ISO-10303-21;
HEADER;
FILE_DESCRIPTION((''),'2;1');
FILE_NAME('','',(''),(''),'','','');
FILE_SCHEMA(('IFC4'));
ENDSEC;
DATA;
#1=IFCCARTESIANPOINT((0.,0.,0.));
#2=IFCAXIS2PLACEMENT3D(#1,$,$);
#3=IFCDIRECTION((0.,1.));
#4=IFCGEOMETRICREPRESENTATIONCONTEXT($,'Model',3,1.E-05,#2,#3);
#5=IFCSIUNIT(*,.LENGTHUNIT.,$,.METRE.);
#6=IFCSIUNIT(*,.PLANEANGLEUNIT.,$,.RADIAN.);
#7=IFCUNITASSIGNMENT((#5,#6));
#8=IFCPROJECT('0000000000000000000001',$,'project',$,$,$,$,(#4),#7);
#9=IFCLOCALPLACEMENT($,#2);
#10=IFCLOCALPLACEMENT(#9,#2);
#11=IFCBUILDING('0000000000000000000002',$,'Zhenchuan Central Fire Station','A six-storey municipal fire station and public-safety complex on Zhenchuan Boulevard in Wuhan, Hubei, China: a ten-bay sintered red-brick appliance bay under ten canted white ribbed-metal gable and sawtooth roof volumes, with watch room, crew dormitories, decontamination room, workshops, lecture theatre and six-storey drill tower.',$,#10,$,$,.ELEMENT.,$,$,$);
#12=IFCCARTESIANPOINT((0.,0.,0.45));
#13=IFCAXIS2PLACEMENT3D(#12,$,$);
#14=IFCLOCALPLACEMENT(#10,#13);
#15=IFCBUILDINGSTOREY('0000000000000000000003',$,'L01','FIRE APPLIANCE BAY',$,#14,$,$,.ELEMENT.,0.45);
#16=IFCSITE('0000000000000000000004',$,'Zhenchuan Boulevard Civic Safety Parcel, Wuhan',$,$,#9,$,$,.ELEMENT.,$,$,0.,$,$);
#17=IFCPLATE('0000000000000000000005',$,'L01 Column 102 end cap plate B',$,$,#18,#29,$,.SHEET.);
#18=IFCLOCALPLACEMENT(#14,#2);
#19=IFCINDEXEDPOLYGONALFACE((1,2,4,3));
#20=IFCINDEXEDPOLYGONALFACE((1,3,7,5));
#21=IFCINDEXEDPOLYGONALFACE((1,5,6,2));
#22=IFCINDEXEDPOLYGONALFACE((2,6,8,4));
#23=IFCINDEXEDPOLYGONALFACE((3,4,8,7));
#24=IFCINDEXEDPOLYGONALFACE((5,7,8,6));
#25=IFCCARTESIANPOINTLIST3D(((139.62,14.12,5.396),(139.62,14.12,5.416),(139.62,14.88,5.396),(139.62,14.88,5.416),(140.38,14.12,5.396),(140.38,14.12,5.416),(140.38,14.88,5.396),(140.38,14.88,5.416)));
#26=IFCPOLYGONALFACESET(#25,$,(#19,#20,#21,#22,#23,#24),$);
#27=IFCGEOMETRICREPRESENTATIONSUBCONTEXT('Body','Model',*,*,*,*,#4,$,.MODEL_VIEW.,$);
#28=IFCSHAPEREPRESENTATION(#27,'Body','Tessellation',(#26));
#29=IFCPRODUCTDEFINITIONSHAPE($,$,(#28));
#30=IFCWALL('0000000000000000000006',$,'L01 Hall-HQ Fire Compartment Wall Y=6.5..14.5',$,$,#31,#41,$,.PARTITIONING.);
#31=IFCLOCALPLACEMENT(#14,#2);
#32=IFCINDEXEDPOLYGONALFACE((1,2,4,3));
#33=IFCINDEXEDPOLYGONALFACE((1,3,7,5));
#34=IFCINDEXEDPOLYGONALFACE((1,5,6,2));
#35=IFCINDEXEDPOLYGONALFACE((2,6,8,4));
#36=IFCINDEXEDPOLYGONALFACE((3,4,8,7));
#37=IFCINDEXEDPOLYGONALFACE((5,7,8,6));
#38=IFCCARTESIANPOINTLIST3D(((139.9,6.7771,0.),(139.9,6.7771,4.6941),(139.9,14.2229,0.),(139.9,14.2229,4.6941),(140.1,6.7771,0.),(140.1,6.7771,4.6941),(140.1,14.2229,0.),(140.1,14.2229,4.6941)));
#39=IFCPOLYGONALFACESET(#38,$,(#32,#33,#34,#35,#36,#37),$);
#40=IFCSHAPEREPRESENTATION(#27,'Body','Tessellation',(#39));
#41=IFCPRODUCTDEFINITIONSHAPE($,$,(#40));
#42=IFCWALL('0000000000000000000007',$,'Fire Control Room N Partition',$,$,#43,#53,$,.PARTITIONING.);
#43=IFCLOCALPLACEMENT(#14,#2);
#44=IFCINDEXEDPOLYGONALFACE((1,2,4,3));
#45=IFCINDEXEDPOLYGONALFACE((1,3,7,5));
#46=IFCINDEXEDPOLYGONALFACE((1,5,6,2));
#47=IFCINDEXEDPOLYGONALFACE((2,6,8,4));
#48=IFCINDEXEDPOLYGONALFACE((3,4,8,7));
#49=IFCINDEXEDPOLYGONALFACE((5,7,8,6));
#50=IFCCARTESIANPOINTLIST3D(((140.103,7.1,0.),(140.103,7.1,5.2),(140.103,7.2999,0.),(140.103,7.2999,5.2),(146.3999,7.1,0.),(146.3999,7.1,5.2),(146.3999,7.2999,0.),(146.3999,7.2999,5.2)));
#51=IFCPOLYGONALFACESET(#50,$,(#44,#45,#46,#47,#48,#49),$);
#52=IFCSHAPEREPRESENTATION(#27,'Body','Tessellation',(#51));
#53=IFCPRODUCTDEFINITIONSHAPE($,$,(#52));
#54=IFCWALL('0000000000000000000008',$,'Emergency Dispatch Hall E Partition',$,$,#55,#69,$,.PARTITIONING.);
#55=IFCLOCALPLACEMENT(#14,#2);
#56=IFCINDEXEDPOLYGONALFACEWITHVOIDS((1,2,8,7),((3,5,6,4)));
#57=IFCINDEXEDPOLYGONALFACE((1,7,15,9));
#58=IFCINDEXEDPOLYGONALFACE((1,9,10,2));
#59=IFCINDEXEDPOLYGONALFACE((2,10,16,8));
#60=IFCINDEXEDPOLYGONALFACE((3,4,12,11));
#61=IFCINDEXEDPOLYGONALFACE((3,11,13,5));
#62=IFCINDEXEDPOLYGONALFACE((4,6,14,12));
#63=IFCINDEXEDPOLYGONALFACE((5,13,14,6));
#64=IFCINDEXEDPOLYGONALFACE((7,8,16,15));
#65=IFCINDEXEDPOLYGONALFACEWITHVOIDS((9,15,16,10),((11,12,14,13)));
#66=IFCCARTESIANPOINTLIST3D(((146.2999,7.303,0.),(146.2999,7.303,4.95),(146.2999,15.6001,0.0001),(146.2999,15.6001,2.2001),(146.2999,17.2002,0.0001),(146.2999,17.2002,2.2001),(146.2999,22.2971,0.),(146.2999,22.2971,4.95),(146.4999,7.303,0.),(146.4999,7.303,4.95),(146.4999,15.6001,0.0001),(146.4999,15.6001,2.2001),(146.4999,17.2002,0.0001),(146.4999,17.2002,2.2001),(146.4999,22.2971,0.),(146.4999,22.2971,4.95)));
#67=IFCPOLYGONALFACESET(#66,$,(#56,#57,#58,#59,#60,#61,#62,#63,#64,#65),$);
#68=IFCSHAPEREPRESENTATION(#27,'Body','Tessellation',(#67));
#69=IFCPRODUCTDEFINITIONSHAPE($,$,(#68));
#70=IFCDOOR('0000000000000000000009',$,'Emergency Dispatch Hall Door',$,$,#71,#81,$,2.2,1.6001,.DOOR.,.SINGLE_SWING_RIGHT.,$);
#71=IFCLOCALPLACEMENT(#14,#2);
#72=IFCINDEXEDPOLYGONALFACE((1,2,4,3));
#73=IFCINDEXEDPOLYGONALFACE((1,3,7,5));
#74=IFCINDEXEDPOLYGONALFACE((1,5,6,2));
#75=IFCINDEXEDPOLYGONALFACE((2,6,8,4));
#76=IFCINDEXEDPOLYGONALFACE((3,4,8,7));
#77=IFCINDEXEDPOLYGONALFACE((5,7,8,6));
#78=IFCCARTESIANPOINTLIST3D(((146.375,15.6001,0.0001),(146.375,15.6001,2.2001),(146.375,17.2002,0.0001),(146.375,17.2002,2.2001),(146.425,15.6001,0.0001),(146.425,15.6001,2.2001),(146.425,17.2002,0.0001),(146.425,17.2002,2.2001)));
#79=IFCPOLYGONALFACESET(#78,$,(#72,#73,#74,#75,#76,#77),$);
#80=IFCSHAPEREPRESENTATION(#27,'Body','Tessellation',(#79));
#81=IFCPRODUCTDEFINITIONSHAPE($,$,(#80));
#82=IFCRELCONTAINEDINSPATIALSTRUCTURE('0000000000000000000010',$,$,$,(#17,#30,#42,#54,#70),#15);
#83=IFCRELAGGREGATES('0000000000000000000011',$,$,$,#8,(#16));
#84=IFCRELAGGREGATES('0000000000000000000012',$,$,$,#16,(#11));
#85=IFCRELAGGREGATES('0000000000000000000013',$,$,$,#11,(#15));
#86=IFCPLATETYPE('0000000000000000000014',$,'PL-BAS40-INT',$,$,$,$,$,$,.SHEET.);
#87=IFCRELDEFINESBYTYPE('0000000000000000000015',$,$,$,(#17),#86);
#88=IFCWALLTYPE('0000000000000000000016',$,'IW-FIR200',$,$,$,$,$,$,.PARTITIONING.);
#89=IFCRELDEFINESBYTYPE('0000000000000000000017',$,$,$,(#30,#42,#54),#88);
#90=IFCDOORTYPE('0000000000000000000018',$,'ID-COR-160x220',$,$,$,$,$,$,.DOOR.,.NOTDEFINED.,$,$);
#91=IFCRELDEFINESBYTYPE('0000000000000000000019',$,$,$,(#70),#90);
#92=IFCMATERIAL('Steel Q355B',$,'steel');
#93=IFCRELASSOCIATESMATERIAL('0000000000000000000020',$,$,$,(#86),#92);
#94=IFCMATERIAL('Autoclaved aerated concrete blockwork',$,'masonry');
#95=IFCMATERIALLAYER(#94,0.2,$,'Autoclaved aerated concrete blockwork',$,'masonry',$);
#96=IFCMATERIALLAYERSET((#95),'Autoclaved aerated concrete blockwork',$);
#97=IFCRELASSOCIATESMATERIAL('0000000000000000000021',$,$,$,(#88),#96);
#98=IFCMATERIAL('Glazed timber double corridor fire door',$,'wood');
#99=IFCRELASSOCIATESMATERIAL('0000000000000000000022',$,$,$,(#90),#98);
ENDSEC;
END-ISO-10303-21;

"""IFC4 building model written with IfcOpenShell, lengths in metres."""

from ifc_helpers import new_model, si_unit, direction, frame, frame_2d, origin, origin_2d, place, context, subcontext, project, spatial, rectangle, extrude, material, layer, layer_set, material_profile, profile_set, type_object, element, fill, save


model = new_model("IFC4")

# Units and contexts
model_context = context("Model", 3, precision=1e-05, world=origin(), true_north=direction((0.0, 1.0)))
body_context = subcontext(model_context, "Body", "Model", "MODEL_VIEW")
ifc_project = project(units=[si_unit("LENGTHUNIT", "METRE"), si_unit("PLANEANGLEUNIT", "RADIAN")], contexts=[model_context])

# Site, building, storey
site_placement = place(None, origin())
site = spatial("IfcSite", under=ifc_project, at=site_placement, Name="Zhenchuan Boulevard Civic Safety Parcel, Wuhan", CompositionType="ELEMENT", RefElevation=0.0)
building_placement = place(site_placement, origin())
building = spatial("IfcBuilding", under=site, at=building_placement, Name="Zhenchuan Central Fire Station", Description="A six-storey municipal fire station and public-safety complex on Zhenchuan Boulevard in Wuhan, Hubei, China: a ten-bay sintered red-brick appliance bay under ten canted white ribbed-metal gable and sawtooth roof volumes, with watch room, crew dormitories, decontamination room, workshops, lecture theatre and six-storey drill tower.", CompositionType="ELEMENT")
storey_placement = place(building_placement, frame((0.0, 0.0, 0.45)))
storey = spatial("IfcBuildingStorey", under=building, at=storey_placement, Name="L01", Description="FIRE APPLIANCE BAY", CompositionType="ELEMENT", Elevation=0.45)

# Shared definitions
ifc_material_1 = material(Name="Steel Q355B", Category="steel")

# Plate
ifc_material_profile_1 = material_profile(ifc_material_1, rectangle(XDim=0.76, YDim=0.76, at=origin_2d()), Name="PL 760x760x40")
ifc_profile_set_1 = profile_set([ifc_material_profile_1], Name="Steel Q355B")
plate_type = type_object("IfcPlateType", Name="PL-BAS40-INT", PredefinedType="SHEET", material=ifc_profile_set_1)
plate_placement = place(storey_placement, frame((140.0, 14.5, 5.396), z_axis=(0.0, 0.0, 1.0), x_axis=(1.0, 0.0, 0.0)))
element("IfcPlate", 1, at=plate_placement, inside=storey, type_object=plate_type, Name="L01 Column 102 end cap plate B", PredefinedType="SHEET", context=body_context, shape_type="SweptSolid", body=[
    extrude(rectangle(XDim=0.76, YDim=0.76, at=origin_2d()), origin(), (0.0, 0.0, 1.0), 0.02),
])

# Walls
ifc_material_2 = material(Name="Autoclaved aerated concrete blockwork", Category="masonry")
ifc_layer = layer(ifc_material_2, 0.2, Name="Autoclaved aerated concrete blockwork", Category="masonry")
ifc_layer_set = layer_set([ifc_layer], Name="Autoclaved aerated concrete blockwork")
wall_type = type_object("IfcWallType", Name="IW-FIR200", PredefinedType="PARTITIONING", material=ifc_layer_set)
wall_1_placement = place(storey_placement, frame((140.0, 6.7771, 0.0), z_axis=(0.0, 0.0, 1.0), x_axis=(0.0, 1.0, 0.0)))
element("IfcWall", 2, at=wall_1_placement, inside=storey, type_object=wall_type, Name="L01 Hall-HQ Fire Compartment Wall Y=6.5..14.5", PredefinedType="PARTITIONING", context=body_context, shape_type="SweptSolid", body=[
    extrude(rectangle(XDim=7.4458, YDim=0.2, at=frame_2d((3.7229, 0.0))), origin(), (0.0, 0.0, 1.0), 4.6941),
])
wall_2_placement = place(storey_placement, frame((140.103, 7.2, 0.0), z_axis=(0.0, 0.0, 1.0), x_axis=(1.0, 0.0, 0.0)))
element("IfcWall", 3, at=wall_2_placement, inside=storey, type_object=wall_type, Name="Fire Control Room N Partition", PredefinedType="PARTITIONING", context=body_context, shape_type="SweptSolid", body=[
    extrude(rectangle(XDim=6.2969, YDim=0.2, at=frame_2d((3.1484, 0.0))), origin(), (0.0, 0.0, 1.0), 5.2),
])

# Wall, opening, door
wall_3_placement = place(storey_placement, frame((146.3999, 7.303, 0.0), z_axis=(0.0, 0.0, 1.0), x_axis=(0.0, 1.0, 0.0)))
wall_3 = element("IfcWall", 4, at=wall_3_placement, inside=storey, type_object=wall_type, Name="Emergency Dispatch Hall E Partition", PredefinedType="PARTITIONING", context=body_context, shape_type="SweptSolid", body=[
    extrude(rectangle(XDim=14.9941, YDim=0.2, at=frame_2d((7.4971, 0.0))), origin(), (0.0, 0.0, 1.0), 4.95),
])
opening_placement = place(wall_3_placement, frame((8.2971, 0.0, 0.0)))
opening = element("IfcOpeningElement", 5, at=opening_placement, cuts=wall_3, PredefinedType="OPENING", context=body_context, shape_type="SweptSolid", body=[
    extrude(rectangle(XDim=1.6001, YDim=2.2, at=frame_2d((0.8, 1.1001))), frame((0.0, 0.1099, 0.0), z_axis=(0.0, -1.0, 0.0), x_axis=(1.0, 0.0, 0.0)), (0.0, 0.0, 1.0), 0.22),
])
ifc_material_3 = material(Name="Glazed timber double corridor fire door", Category="wood")
door_type = type_object("IfcDoorType", Name="ID-COR-160x220", OperationType="NOTDEFINED", PredefinedType="DOOR", material=ifc_material_3)
door_placement = place(opening_placement, origin())
door = element("IfcDoor", 6, at=door_placement, inside=storey, type_object=door_type, Name="Emergency Dispatch Hall Door", OperationType="SINGLE_SWING_RIGHT", OverallHeight=2.2, OverallWidth=1.6001, PredefinedType="DOOR", context=body_context, shape_type="SweptSolid", body=[
    extrude(rectangle(XDim=1.6001, YDim=2.2, at=frame_2d((0.8, 1.1001))), frame((0.0, 0.0249, 0.0), z_axis=(0.0, -1.0, 0.0), x_axis=(1.0, 0.0, 0.0)), (0.0, 0.0, 1.0), 0.05),
])
fill(opening, door)

save(model, "model.ifc")
